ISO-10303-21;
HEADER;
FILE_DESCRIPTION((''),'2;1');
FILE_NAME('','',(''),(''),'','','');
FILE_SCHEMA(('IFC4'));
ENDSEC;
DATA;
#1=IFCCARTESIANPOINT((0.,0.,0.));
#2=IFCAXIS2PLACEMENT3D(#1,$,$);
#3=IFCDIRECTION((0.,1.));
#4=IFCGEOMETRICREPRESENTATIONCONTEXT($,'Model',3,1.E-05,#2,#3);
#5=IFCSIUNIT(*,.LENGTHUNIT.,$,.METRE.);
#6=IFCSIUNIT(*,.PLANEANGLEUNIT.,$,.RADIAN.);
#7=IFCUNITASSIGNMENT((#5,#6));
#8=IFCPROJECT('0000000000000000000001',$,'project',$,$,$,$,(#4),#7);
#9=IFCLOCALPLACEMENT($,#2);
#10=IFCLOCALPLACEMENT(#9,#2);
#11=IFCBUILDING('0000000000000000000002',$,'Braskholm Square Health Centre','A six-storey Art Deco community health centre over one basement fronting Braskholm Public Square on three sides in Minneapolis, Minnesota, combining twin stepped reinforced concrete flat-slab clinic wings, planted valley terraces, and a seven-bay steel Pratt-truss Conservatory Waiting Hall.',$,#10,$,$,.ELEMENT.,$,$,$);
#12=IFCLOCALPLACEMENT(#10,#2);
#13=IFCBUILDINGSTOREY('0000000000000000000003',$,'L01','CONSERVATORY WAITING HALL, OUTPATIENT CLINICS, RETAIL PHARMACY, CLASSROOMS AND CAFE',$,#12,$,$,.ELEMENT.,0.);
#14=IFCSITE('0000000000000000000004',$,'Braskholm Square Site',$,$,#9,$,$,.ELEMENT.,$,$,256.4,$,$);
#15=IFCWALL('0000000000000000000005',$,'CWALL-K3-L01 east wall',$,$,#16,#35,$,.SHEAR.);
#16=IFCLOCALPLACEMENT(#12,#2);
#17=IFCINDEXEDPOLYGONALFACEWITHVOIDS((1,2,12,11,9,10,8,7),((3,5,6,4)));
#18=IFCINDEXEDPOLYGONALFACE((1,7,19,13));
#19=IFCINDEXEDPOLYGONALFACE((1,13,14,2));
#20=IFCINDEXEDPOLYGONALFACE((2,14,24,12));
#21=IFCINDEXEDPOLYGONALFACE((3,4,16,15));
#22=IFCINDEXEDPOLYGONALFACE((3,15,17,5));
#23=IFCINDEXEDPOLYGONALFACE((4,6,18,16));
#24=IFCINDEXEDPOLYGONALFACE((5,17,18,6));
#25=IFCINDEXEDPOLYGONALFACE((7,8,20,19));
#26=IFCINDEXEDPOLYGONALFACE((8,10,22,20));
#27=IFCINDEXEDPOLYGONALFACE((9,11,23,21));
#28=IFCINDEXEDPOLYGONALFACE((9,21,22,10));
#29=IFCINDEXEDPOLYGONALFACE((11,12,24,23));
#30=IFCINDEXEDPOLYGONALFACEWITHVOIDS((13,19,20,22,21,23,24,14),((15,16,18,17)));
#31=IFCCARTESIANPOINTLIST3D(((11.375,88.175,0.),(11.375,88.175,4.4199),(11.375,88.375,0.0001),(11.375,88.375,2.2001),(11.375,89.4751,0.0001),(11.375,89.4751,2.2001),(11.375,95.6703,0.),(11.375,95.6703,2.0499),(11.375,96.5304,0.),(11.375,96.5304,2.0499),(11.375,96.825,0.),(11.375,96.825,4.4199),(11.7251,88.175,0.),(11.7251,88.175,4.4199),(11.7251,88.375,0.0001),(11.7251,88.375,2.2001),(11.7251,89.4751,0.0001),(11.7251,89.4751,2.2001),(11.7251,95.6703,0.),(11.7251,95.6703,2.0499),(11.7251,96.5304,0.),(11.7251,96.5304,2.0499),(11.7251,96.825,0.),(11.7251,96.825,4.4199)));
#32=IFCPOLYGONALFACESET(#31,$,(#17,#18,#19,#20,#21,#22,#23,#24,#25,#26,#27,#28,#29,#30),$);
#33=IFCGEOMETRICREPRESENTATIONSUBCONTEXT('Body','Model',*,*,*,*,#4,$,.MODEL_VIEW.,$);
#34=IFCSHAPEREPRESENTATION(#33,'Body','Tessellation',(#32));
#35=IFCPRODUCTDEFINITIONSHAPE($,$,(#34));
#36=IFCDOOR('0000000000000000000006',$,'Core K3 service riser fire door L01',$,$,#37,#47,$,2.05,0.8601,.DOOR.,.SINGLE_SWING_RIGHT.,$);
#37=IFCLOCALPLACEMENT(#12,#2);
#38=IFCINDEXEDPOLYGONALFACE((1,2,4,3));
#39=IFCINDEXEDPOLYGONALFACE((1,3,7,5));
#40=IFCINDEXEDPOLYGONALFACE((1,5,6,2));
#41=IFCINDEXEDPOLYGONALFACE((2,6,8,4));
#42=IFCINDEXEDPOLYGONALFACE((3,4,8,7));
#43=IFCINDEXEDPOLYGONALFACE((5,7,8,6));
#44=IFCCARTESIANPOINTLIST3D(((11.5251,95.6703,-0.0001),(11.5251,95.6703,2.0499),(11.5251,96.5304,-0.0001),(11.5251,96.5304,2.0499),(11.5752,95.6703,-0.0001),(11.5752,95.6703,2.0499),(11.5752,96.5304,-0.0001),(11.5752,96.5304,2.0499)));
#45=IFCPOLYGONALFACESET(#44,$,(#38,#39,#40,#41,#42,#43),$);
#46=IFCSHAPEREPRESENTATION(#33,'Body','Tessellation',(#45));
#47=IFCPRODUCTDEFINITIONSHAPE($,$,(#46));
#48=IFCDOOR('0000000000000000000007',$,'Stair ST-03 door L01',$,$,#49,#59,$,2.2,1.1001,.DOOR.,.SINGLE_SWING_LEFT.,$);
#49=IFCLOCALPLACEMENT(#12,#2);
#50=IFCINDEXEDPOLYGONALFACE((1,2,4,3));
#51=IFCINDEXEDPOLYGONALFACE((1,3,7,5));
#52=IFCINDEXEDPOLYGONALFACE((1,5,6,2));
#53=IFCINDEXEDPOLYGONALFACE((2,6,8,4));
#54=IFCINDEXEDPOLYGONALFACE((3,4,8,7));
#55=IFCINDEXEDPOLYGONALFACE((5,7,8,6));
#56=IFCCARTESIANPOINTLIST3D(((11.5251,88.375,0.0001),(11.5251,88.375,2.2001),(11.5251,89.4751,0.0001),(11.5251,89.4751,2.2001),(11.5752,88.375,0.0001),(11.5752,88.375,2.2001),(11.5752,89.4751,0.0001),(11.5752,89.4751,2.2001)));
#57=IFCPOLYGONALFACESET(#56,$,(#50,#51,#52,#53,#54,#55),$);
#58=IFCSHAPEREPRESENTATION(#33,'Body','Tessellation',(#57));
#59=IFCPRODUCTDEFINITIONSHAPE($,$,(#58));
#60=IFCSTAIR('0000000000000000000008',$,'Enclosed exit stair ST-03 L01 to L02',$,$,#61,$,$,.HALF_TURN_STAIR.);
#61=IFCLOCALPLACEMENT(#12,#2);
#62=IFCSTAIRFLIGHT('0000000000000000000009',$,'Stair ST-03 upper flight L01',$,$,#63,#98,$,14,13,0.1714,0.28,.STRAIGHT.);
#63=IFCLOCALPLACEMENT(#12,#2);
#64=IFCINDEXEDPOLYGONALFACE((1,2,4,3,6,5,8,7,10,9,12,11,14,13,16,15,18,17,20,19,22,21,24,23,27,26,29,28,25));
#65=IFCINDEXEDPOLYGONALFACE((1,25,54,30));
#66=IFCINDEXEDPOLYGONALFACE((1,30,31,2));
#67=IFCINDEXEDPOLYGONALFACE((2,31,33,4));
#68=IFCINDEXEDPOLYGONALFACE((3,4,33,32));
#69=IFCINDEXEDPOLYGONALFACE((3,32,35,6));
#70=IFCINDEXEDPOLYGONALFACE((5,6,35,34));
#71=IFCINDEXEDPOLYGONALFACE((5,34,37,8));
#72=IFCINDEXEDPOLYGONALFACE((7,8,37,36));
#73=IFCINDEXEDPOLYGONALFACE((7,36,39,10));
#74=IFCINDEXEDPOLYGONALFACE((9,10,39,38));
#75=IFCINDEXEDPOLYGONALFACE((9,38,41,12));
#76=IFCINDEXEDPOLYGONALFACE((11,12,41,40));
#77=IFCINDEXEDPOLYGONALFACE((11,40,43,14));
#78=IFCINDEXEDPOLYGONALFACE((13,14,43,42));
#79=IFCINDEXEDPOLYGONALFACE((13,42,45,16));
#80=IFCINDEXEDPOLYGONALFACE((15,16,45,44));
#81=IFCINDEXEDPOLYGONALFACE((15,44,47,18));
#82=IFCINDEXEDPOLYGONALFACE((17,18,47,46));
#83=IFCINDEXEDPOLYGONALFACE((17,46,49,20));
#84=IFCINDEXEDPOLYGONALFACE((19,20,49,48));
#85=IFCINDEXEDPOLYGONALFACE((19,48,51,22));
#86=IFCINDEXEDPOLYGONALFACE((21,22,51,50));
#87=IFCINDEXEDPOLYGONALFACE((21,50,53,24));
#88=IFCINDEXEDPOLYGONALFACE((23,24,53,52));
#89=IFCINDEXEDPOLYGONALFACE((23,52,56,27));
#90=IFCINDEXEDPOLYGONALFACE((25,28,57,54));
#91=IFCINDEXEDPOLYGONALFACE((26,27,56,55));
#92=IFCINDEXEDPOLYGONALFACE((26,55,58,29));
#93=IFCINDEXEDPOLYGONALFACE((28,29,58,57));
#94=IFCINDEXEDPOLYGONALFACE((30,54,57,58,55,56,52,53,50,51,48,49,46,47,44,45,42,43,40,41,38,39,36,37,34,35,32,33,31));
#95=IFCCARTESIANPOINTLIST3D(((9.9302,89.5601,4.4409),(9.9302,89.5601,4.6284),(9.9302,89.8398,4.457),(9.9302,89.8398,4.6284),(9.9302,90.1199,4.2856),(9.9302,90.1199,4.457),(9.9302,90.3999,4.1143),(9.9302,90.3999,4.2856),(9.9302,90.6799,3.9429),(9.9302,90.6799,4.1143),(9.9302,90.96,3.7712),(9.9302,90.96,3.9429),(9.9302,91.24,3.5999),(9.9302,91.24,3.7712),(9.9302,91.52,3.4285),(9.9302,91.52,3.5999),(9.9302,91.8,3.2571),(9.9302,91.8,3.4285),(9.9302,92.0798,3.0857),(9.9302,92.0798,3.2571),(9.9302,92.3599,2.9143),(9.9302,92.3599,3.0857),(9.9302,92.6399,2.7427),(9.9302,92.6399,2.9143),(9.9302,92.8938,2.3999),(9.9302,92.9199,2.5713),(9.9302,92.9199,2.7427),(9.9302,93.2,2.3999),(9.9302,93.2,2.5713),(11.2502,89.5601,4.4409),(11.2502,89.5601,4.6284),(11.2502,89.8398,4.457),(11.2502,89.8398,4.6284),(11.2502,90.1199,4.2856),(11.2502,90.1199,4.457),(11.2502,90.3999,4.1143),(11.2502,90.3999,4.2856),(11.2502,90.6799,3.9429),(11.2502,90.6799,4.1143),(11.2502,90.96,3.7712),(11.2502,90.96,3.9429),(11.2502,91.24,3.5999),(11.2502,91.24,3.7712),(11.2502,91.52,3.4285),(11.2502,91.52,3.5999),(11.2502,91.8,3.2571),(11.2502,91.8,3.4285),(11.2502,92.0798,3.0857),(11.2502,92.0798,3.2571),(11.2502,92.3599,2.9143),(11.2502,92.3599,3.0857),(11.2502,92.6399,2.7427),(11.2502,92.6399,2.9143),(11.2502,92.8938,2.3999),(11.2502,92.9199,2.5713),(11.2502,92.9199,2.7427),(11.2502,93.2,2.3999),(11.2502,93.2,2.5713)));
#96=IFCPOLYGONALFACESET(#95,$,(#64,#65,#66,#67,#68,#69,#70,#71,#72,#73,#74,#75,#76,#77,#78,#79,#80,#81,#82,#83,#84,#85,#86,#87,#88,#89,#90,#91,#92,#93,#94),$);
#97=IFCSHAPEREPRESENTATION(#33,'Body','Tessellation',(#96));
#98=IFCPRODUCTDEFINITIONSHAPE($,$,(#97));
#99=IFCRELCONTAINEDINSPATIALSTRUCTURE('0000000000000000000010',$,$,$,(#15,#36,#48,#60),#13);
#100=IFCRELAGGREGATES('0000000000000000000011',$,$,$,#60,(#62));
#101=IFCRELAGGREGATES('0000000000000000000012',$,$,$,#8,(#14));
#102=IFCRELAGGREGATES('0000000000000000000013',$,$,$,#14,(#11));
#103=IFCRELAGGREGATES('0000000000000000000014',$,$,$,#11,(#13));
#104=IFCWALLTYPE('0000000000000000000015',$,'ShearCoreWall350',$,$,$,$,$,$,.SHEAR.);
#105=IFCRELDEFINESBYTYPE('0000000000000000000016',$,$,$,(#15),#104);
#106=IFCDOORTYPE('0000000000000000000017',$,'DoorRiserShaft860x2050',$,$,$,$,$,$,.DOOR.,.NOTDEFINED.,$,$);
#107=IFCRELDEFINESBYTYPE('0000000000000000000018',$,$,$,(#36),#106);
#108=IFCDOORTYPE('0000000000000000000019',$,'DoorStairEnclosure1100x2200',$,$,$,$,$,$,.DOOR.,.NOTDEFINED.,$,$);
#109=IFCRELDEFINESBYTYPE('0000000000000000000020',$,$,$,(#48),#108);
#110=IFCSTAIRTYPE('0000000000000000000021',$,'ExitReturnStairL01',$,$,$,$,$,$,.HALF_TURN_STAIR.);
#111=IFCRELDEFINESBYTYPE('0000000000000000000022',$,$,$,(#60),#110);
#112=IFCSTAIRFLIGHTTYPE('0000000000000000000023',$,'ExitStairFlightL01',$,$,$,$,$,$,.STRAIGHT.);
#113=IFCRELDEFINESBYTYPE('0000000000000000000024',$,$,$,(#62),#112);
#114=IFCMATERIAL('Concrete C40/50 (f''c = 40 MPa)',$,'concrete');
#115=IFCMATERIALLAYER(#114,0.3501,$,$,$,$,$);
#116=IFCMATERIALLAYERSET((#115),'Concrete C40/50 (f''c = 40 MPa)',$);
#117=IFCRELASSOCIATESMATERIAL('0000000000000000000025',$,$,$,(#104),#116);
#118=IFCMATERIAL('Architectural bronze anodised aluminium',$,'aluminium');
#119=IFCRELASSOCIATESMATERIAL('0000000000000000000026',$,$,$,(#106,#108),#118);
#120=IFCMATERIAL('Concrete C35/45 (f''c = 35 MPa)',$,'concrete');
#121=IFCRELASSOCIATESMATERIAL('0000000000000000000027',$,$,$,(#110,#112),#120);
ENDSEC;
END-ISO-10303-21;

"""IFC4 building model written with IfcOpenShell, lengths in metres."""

from ifc_helpers import new_model, si_unit, direction, frame, frame_2d, origin, origin_with_axes, place, context, subcontext, project, spatial, polyline, rectangle, outline, extrude, material, layer, layer_set, type_object, element, fill, aggregate, save


model = new_model("IFC4")

# Units and contexts
model_context = context("Model", 3, precision=1e-05, world=origin(), true_north=direction((0.0, 1.0)))
body_context = subcontext(model_context, "Body", "Model", "MODEL_VIEW")
ifc_project = project(units=[si_unit("LENGTHUNIT", "METRE"), si_unit("PLANEANGLEUNIT", "RADIAN")], contexts=[model_context])

# Site, building, storey
site_placement = place(None, origin())
site = spatial("IfcSite", under=ifc_project, at=site_placement, Name="Braskholm Square Site", CompositionType="ELEMENT", RefElevation=256.4)
building_placement = place(site_placement, origin())
building = spatial("IfcBuilding", under=site, at=building_placement, Name="Braskholm Square Health Centre", Description="A six-storey Art Deco community health centre over one basement fronting Braskholm Public Square on three sides in Minneapolis, Minnesota, combining twin stepped reinforced concrete flat-slab clinic wings, planted valley terraces, and a seven-bay steel Pratt-truss Conservatory Waiting Hall.", CompositionType="ELEMENT")
storey_placement = place(building_placement, origin())
storey = spatial("IfcBuildingStorey", under=building, at=storey_placement, Name="L01", Description="CONSERVATORY WAITING HALL, OUTPATIENT CLINICS, RETAIL PHARMACY, CLASSROOMS AND CAFE", CompositionType="ELEMENT", Elevation=0.0)

# Shared definitions
ifc_material_1 = material(Name="Concrete C40/50 (f'c = 40 MPa)", Category="concrete")

# Wall, openings, doors
ifc_layer_1 = layer(ifc_material_1, 0.3501)
ifc_layer_set_1 = layer_set([ifc_layer_1], Name="Concrete C40/50 (f'c = 40 MPa)")
wall_type_1 = type_object("IfcWallType", Name="ShearCoreWall350", PredefinedType="SHEAR", material=ifc_layer_set_1)
wall_1_placement = place(storey_placement, frame((11.55, 88.175, 0.0), z_axis=(0.0, 0.0, 1.0), x_axis=(0.0, 1.0, 0.0)))
wall_1 = element("IfcWall", 1, at=wall_1_placement, inside=storey, type_object=wall_type_1, Name="CWALL-K3-L01 east wall", PredefinedType="SHEAR", context=body_context, shape_type="SweptSolid", body=[
    extrude(rectangle(XDim=8.6499, YDim=0.3501, at=frame_2d((4.325, 0.0))), origin(), (0.0, 0.0, 1.0), 4.4199),
])
opening_1_placement = place(wall_1_placement, frame((0.2, 0.0, 0.0)))
opening_1 = element("IfcOpeningElement", 2, at=opening_1_placement, cuts=wall_1, PredefinedType="OPENING", context=body_context, shape_type="SweptSolid", body=[
    extrude(rectangle(XDim=1.1001, YDim=2.2, at=frame_2d((0.55, 1.1001))), frame((0.0, 0.1851, 0.0), z_axis=(0.0, -1.0, 0.0), x_axis=(1.0, 0.0, 0.0)), (0.0, 0.0, 1.0), 0.3701),
])
opening_2_placement = place(wall_1_placement, frame((7.4951, 0.0, 0.0)))
opening_2 = element("IfcOpeningElement", 3, at=opening_2_placement, cuts=wall_1, PredefinedType="OPENING", context=body_context, shape_type="SweptSolid", body=[
    extrude(rectangle(XDim=0.8601, YDim=2.05, at=frame_2d((0.4302, 1.0249))), frame((0.0, 0.1851, 0.0), z_axis=(0.0, -1.0, 0.0), x_axis=(1.0, 0.0, 0.0)), (0.0, 0.0, 1.0), 0.3701),
])
ifc_material_2 = material(Name="Architectural bronze anodised aluminium", Category="aluminium")
door_type_1 = type_object("IfcDoorType", Name="DoorRiserShaft860x2050", OperationType="NOTDEFINED", PredefinedType="DOOR", material=ifc_material_2)
door_1_placement = place(opening_2_placement, origin_with_axes())
door_1 = element("IfcDoor", 4, at=door_1_placement, inside=storey, type_object=door_type_1, Name="Core K3 service riser fire door L01", OperationType="SINGLE_SWING_RIGHT", OverallHeight=2.05, OverallWidth=0.8601, PredefinedType="DOOR", context=body_context, shape_type="SweptSolid", body=[
    extrude(rectangle(XDim=0.8601, YDim=2.05, at=frame_2d((0.4302, 1.0249))), frame((0.0, 0.0249, 0.0), z_axis=(0.0, -1.0, 0.0), x_axis=(1.0, 0.0, 0.0)), (0.0, 0.0, 1.0), 0.05),
])
fill(opening_2, door_1)
door_type_2 = type_object("IfcDoorType", Name="DoorStairEnclosure1100x2200", OperationType="NOTDEFINED", PredefinedType="DOOR", material=ifc_material_2)
door_2_placement = place(opening_1_placement, origin_with_axes())
door_2 = element("IfcDoor", 5, at=door_2_placement, inside=storey, type_object=door_type_2, Name="Stair ST-03 door L01", OperationType="SINGLE_SWING_LEFT", OverallHeight=2.2, OverallWidth=1.1001, PredefinedType="DOOR", context=body_context, shape_type="SweptSolid", body=[
    extrude(rectangle(XDim=1.1001, YDim=2.2, at=frame_2d((0.55, 1.1001))), frame((0.0, 0.0249, 0.0), z_axis=(0.0, -1.0, 0.0), x_axis=(1.0, 0.0, 0.0)), (0.0, 0.0, 1.0), 0.05),
])
fill(opening_1, door_2)

# Stair, stair flight
ifc_material_3 = material(Name="Concrete C35/45 (f'c = 35 MPa)", Category="concrete")
stair_type = type_object("IfcStairType", Name="ExitReturnStairL01", PredefinedType="HALF_TURN_STAIR", material=ifc_material_3)
stair_placement = place(storey_placement, origin())
stair = element("IfcStair", 6, at=stair_placement, inside=storey, type_object=stair_type, Name="Enclosed exit stair ST-03 L01 to L02", PredefinedType="HALF_TURN_STAIR")
stair_flight_type = type_object("IfcStairFlightType", Name="ExitStairFlightL01", PredefinedType="STRAIGHT", material=ifc_material_3)
stair_flight_placement = place(storey_placement, frame((10.5901, 93.2, 2.3999), z_axis=(0.0, 0.0, 1.0), x_axis=(0.0, -1.0, 0.0)))
stair_flight = element("IfcStairFlight", 7, at=stair_flight_placement, type_object=stair_flight_type, Name="Stair ST-03 upper flight L01", NumberOfRisers=14, NumberOfTreads=13, PredefinedType="STRAIGHT", RiserHeight=0.1714, TreadLength=0.28, context=body_context, shape_type="SweptSolid", body=[
    extrude(outline(polyline([(0.0, 0.0), (0.0, 0.1714), (0.28, 0.1714), (0.28, 0.3428), (0.5601, 0.3428), (0.5601, 0.5144), (0.8401, 0.5144), (0.8401, 0.6858), (1.1201, 0.6858), (1.1201, 0.8572), (1.3999, 0.8572), (1.3999, 1.0286), (1.6799, 1.0286), (1.6799, 1.2), (1.96, 1.2), (1.96, 1.3713), (2.24, 1.3713), (2.24, 1.543), (2.52, 1.543), (2.52, 1.7144), (2.8, 1.7144), (2.8, 1.8857), (3.0801, 1.8857), (3.0801, 2.0571), (3.3601, 2.0571), (3.3601, 2.2285), (3.6399, 2.2285), (3.6399, 2.3999), (3.6399, 2.041), (0.3062, 0.0), (0.0, 0.0)])), frame((0.0, 0.6602, 0.0), z_axis=(0.0, -1.0, 0.0), x_axis=(1.0, 0.0, 0.0)), (0.0, 0.0, 1.0), 1.3201),
])
aggregate(stair, [stair_flight])

save(model, "model.ifc")
